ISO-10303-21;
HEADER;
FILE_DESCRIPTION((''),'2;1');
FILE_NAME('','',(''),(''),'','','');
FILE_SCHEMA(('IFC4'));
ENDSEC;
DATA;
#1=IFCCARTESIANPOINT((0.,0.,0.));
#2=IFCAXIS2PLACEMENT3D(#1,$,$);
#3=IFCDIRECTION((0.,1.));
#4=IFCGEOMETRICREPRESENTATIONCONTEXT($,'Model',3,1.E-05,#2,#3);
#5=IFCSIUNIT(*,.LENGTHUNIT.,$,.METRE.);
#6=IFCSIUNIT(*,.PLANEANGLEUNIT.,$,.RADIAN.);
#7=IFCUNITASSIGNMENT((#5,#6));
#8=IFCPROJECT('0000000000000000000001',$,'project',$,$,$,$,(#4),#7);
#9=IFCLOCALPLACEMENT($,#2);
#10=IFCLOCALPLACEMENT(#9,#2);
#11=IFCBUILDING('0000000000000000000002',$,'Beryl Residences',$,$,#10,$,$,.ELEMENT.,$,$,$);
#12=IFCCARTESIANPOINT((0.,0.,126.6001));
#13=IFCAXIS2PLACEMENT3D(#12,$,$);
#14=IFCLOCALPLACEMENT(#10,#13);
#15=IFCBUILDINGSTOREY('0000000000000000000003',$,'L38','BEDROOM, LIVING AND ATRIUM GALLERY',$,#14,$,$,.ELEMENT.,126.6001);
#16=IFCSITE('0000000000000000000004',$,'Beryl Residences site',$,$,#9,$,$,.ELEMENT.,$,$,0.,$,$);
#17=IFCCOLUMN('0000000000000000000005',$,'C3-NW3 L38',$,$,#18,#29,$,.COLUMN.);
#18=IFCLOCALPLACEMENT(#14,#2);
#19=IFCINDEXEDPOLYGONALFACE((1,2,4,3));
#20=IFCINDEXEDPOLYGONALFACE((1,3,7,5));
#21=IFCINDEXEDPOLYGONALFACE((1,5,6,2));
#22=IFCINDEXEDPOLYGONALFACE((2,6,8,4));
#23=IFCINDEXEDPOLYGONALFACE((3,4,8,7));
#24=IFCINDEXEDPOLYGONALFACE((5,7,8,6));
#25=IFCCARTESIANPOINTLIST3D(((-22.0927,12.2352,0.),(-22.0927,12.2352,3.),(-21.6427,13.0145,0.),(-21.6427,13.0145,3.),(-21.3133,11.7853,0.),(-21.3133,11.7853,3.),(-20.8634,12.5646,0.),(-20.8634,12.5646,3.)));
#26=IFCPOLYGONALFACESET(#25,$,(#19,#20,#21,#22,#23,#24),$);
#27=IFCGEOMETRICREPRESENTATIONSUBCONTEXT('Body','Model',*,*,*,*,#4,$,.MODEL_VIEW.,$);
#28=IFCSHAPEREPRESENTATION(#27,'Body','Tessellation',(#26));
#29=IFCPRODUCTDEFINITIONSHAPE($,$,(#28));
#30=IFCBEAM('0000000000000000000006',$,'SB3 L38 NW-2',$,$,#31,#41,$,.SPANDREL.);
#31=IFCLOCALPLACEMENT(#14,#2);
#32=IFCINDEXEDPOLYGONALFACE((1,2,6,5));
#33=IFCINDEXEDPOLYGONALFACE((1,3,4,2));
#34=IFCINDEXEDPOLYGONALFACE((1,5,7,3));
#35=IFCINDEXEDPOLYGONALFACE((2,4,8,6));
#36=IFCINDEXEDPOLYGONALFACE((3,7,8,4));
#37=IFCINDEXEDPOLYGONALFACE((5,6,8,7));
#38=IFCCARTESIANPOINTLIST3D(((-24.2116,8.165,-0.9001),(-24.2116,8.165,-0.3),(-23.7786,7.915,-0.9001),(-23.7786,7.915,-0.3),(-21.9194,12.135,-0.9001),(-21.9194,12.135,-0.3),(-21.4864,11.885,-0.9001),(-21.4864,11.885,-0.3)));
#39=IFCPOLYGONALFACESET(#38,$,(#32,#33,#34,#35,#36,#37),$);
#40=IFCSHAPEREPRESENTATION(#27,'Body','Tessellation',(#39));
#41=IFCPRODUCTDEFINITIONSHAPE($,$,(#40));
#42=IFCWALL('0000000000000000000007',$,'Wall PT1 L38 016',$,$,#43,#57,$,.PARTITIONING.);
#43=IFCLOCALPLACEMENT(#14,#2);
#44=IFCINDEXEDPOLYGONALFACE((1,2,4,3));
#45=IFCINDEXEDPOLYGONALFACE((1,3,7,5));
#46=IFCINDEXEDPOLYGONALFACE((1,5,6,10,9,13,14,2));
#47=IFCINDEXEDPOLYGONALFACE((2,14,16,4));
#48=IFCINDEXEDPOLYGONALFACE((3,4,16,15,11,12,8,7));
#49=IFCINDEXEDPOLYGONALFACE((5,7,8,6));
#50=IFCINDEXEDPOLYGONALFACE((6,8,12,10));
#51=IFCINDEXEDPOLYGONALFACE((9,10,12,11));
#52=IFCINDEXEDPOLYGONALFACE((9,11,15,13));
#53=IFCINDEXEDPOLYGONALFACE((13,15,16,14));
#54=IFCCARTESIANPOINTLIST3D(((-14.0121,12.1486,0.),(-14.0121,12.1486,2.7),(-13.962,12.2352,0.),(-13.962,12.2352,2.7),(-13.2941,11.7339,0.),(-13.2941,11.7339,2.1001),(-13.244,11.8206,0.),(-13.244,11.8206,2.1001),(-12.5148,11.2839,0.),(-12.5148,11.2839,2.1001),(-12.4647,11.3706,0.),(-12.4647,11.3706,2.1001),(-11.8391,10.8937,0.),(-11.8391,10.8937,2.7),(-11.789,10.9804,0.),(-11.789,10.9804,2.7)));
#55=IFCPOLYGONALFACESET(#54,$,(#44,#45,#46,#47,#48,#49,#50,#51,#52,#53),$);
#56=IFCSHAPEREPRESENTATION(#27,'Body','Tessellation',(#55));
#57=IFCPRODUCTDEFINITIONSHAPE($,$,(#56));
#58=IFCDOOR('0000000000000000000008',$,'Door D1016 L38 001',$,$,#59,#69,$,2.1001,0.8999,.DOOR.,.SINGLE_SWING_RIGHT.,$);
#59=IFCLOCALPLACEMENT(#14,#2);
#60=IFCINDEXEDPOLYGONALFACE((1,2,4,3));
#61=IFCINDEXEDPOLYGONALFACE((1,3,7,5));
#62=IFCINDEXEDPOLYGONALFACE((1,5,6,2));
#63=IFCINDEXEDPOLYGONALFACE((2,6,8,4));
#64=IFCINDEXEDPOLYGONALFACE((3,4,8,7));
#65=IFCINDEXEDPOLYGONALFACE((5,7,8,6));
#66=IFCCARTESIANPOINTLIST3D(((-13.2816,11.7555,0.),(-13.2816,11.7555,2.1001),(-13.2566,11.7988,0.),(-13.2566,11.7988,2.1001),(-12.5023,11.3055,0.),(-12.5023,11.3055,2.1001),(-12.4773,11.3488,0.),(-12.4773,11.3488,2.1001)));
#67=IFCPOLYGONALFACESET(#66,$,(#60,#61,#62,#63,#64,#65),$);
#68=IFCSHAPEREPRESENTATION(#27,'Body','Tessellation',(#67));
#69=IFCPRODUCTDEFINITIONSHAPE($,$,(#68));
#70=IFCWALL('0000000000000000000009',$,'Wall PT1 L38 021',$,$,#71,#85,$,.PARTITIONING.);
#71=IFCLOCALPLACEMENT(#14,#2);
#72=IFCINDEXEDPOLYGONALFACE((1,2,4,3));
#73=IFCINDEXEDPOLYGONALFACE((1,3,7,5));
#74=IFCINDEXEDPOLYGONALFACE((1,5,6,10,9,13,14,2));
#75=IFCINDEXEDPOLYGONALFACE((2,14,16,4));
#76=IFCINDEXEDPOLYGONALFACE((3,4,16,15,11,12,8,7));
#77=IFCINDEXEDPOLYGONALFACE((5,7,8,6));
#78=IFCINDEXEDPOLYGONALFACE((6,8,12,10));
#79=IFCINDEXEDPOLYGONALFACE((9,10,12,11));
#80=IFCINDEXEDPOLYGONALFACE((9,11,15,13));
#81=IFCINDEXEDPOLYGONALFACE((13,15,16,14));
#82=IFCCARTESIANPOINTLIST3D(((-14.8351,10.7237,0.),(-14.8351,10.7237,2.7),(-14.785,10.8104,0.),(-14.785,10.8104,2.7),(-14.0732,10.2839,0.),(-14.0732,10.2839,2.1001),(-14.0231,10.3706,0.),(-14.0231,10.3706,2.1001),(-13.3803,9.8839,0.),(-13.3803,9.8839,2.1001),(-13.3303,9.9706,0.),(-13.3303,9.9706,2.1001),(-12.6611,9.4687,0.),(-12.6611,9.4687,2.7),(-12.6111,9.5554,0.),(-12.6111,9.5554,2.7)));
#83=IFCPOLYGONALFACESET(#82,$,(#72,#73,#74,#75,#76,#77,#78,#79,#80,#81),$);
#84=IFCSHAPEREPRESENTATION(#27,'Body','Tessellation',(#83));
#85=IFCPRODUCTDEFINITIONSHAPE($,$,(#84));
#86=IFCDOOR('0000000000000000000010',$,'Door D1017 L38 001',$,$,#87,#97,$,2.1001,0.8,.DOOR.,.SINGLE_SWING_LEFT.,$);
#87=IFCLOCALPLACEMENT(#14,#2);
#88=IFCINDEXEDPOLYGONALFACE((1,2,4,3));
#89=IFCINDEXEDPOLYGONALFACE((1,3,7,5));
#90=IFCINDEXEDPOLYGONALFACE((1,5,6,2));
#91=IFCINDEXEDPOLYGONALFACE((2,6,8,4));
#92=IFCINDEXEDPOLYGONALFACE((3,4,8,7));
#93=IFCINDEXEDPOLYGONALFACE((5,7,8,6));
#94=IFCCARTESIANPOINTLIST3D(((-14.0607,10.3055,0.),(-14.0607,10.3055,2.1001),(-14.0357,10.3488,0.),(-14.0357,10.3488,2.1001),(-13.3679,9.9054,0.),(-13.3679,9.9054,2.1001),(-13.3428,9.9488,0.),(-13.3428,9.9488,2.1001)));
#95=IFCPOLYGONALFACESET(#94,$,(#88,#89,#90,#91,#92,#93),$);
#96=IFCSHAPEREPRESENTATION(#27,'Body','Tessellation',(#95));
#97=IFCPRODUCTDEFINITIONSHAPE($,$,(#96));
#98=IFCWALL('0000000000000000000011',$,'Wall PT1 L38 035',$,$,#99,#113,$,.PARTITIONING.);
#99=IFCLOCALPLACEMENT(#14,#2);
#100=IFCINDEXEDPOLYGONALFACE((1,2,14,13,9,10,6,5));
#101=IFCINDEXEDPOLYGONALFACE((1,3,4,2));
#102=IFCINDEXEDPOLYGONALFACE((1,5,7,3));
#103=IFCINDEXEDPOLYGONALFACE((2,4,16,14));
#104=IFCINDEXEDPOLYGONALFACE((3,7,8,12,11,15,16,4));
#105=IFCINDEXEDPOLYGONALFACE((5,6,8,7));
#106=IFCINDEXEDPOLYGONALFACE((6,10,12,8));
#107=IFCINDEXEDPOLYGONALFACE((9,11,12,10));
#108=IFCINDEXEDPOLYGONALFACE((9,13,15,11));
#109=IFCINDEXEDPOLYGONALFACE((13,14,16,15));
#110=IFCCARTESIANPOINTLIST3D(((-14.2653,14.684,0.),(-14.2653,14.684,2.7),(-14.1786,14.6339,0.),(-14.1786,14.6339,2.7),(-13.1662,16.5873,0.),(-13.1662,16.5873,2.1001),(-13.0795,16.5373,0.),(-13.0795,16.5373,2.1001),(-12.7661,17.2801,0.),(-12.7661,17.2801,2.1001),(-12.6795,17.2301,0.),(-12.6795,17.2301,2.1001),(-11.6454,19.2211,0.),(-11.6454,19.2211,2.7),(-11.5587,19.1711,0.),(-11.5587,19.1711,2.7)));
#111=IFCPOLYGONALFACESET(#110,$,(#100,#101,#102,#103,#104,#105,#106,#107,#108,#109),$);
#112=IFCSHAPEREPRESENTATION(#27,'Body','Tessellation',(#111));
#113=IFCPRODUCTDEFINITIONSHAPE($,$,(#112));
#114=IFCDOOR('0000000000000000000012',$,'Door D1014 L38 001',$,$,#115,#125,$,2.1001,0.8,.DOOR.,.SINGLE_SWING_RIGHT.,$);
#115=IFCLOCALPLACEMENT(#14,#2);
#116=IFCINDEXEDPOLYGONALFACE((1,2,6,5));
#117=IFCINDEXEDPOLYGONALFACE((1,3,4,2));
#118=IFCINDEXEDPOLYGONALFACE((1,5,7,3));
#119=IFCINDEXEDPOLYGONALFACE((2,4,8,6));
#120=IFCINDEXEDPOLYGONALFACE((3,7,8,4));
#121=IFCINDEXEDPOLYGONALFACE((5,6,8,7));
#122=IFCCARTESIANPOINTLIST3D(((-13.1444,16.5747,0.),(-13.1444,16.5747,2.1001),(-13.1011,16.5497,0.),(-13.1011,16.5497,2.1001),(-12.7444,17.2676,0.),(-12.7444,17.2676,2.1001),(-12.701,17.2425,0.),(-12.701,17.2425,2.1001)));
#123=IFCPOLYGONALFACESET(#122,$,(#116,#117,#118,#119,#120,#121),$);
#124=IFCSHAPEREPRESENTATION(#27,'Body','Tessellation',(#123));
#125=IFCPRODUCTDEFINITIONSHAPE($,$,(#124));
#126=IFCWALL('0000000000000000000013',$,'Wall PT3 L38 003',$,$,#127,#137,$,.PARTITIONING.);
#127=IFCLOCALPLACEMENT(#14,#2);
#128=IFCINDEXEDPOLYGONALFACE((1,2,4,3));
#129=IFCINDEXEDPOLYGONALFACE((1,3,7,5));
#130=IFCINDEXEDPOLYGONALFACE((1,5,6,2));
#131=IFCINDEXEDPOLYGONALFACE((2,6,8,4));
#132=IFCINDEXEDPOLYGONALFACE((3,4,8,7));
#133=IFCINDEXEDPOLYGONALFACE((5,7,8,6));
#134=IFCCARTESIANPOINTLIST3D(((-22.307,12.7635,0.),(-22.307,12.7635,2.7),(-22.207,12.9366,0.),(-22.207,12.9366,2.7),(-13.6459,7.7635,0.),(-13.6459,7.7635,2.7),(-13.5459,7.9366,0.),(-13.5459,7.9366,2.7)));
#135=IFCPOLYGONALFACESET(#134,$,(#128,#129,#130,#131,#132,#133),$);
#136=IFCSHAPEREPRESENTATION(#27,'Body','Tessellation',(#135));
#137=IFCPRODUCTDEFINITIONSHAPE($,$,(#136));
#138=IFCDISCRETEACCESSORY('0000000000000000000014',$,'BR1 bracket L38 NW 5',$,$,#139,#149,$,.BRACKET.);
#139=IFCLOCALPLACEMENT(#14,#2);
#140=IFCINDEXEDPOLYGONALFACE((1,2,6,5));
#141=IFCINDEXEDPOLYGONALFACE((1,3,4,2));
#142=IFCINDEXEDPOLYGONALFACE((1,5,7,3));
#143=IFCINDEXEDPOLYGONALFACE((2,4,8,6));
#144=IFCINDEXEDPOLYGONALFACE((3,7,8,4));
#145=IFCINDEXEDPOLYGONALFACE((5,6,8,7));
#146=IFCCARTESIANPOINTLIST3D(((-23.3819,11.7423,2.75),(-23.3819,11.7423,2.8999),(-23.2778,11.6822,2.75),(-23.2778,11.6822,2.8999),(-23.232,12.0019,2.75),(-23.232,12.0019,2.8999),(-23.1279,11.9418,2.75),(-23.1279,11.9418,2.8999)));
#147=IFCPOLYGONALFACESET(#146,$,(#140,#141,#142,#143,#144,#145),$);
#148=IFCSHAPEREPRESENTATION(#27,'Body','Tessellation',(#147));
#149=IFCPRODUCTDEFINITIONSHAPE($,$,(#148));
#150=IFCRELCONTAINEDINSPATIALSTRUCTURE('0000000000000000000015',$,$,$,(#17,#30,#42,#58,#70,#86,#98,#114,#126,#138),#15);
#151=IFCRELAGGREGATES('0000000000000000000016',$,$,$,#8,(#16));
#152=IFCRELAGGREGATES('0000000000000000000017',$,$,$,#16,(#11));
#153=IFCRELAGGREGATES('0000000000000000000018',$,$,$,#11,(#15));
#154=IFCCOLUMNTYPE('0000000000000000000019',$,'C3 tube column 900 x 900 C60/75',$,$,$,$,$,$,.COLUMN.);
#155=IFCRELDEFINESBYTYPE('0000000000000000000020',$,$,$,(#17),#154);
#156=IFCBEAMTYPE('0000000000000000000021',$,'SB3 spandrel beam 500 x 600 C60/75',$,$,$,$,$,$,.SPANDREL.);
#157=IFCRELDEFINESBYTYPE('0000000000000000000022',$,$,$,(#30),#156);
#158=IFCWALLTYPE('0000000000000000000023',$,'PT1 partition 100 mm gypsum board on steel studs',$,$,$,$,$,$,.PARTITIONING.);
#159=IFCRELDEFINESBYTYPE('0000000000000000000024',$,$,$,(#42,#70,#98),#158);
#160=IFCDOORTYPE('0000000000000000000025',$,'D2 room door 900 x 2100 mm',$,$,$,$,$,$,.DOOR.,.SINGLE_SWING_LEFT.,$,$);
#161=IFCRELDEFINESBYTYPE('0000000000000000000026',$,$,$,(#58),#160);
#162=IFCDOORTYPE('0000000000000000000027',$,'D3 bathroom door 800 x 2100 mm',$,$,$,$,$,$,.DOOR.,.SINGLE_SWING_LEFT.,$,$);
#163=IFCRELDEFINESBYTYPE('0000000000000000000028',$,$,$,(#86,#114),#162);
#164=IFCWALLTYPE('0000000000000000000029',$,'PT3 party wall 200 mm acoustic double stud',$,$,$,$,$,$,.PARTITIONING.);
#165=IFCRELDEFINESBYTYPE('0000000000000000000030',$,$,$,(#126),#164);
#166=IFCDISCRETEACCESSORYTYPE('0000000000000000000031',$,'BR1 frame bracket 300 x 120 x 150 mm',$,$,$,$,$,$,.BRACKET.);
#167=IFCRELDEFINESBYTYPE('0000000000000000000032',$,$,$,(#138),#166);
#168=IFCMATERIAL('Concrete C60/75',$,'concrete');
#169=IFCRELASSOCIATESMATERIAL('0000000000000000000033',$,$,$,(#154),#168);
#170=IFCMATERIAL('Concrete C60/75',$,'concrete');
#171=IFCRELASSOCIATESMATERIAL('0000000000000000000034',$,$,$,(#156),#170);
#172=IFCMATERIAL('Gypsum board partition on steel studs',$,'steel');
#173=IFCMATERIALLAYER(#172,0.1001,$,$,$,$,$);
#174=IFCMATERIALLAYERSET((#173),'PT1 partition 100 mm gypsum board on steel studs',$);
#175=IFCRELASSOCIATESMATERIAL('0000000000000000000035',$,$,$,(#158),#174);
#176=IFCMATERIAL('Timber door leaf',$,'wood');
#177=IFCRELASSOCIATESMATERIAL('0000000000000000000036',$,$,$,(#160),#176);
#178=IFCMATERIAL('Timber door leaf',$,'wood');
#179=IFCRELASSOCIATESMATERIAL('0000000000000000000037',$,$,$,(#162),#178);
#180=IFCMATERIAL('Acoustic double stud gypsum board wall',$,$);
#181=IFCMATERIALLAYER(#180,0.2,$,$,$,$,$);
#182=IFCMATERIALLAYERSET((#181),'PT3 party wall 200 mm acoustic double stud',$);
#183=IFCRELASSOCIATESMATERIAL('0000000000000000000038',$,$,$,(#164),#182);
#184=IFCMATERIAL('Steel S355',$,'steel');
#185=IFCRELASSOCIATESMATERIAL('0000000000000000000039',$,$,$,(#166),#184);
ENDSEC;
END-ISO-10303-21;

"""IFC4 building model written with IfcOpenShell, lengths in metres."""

from ifc_helpers import new_model, si_unit, direction, frame, frame_2d, origin, origin_2d, place, context, subcontext, project, spatial, polyline, rectangle, outline, extrude, source, transform, mapped, material, layer, layer_set, material_profile, profile_set, type_object, type_shapes, element, fill, save


model = new_model("IFC4")

# Units and contexts
model_context = context("Model", 3, precision=1e-05, world=origin(), true_north=direction((0.0, 1.0)))
body_context = subcontext(model_context, "Body", "Model", "MODEL_VIEW")
ifc_project = project(units=[si_unit("LENGTHUNIT", "METRE"), si_unit("PLANEANGLEUNIT", "RADIAN")], contexts=[model_context])

# Site, building, storey
site_placement = place(None, origin())
site = spatial("IfcSite", under=ifc_project, at=site_placement, Name="Beryl Residences site", CompositionType="ELEMENT", RefElevation=0.0)
building_placement = place(site_placement, origin())
building = spatial("IfcBuilding", under=site, at=building_placement, Name="Beryl Residences", CompositionType="ELEMENT")
storey_placement = place(building_placement, frame((0.0, 0.0, 126.6001)))
storey = spatial("IfcBuildingStorey", under=building, at=storey_placement, Name="L38", Description="BEDROOM, LIVING AND ATRIUM GALLERY", CompositionType="ELEMENT", Elevation=126.6001)

# Column
ifc_material_1 = material(Name="Concrete C60/75", Category="concrete")
ifc_material_profile_1 = material_profile(ifc_material_1, rectangle(XDim=0.8999, YDim=0.8999, at=origin_2d()))
ifc_profile_set_1 = profile_set([ifc_material_profile_1], Name="Concrete C60/75")
column_type = type_object("IfcColumnType", Name="C3 tube column 900 x 900 C60/75", PredefinedType="COLUMN", material=ifc_profile_set_1)
column_placement = place(storey_placement, frame((-21.478, 12.3999, 0.0), z_axis=(0.0, 0.0, 1.0), x_axis=(-0.5, -0.866025, 0.0)))
element("IfcColumn", 1, at=column_placement, inside=storey, type_object=column_type, Name="C3-NW3 L38", PredefinedType="COLUMN", context=body_context, shape_type="SweptSolid", body=[
    extrude(rectangle(XDim=0.8999, YDim=0.8999, at=origin_2d()), origin(), (0.0, 0.0, 1.0), 3.0),
])

# Beam
ifc_material_2 = material(Name="Concrete C60/75", Category="concrete")
ifc_material_profile_2 = material_profile(ifc_material_2, rectangle(XDim=0.5, YDim=0.6001, at=origin_2d()))
ifc_profile_set_2 = profile_set([ifc_material_profile_2], Name="Concrete C60/75")
beam_type = type_object("IfcBeamType", Name="SB3 spandrel beam 500 x 600 C60/75", PredefinedType="SPANDREL", material=ifc_profile_set_2)
beam_placement = place(storey_placement, frame((-21.7029, 12.01, -0.6001), z_axis=(-0.500028, -0.866009, 0.0), x_axis=(0.866009, -0.500028, 0.0)))
element("IfcBeam", 2, at=beam_placement, inside=storey, type_object=beam_type, Name="SB3 L38 NW-2", PredefinedType="SPANDREL", context=body_context, shape_type="SweptSolid", body=[
    extrude(rectangle(XDim=0.5, YDim=0.6001, at=origin_2d()), origin(), (0.0, 0.0, 1.0), 4.5842),
])

# Walls, openings, doors
ifc_material_3 = material(Name="Gypsum board partition on steel studs", Category="steel")
ifc_layer_1 = layer(ifc_material_3, 0.1001)
ifc_layer_set_1 = layer_set([ifc_layer_1], Name="PT1 partition 100 mm gypsum board on steel studs")
wall_type_1 = type_object("IfcWallType", Name="PT1 partition 100 mm gypsum board on steel studs", PredefinedType="PARTITIONING", material=ifc_layer_set_1)
wall_1_placement = place(storey_placement, frame((-13.9871, 12.1919, 0.0), z_axis=(0.0, 0.0, 1.0), x_axis=(0.865983, -0.500073, 0.0)))
wall_1 = element("IfcWall", 3, at=wall_1_placement, inside=storey, type_object=wall_type_1, Name="Wall PT1 L38 016", PredefinedType="PARTITIONING", context=body_context, shape_type="SweptSolid", body=[
    extrude(rectangle(XDim=2.5093, YDim=0.1001, at=frame_2d((1.2546, 0.0))), origin(), (0.0, 0.0, 1.0), 2.7),
])
opening_1_placement = place(wall_1_placement, frame((0.8291, 0.0, 0.0)))
opening_1 = element("IfcOpeningElement", 4, at=opening_1_placement, cuts=wall_1, PredefinedType="OPENING", context=body_context, shape_type="SweptSolid", body=[
    extrude(rectangle(XDim=0.8999, YDim=2.1001, at=frame_2d((0.45, 1.05))), frame((0.0, 0.0601, 0.0), z_axis=(0.0, -1.0, 0.0), x_axis=(1.0, 0.0, 0.0)), (0.0, 0.0, 1.0), 0.1201),
])
ifc_material_4 = material(Name="Timber door leaf", Category="wood")
door_type_1 = type_object("IfcDoorType", Name="D2 room door 900 x 2100 mm", OperationType="SINGLE_SWING_LEFT", PredefinedType="DOOR", material=ifc_material_4)
door_1_placement = place(opening_1_placement, origin())
door_1 = element("IfcDoor", 5, at=door_1_placement, inside=storey, type_object=door_type_1, Name="Door D1016 L38 001", OperationType="SINGLE_SWING_RIGHT", OverallHeight=2.1001, OverallWidth=0.8999, PredefinedType="DOOR", context=body_context, shape_type="SweptSolid", body=[
    extrude(rectangle(XDim=0.8999, YDim=2.1001, at=frame_2d((0.45, 1.05))), frame((0.0, 0.0249, 0.0), z_axis=(0.0, -1.0, 0.0), x_axis=(1.0, 0.0, 0.0)), (0.0, 0.0, 1.0), 0.05),
])
fill(opening_1, door_1)
wall_2_placement = place(storey_placement, frame((-14.8101, 10.7671, 0.0), z_axis=(0.0, 0.0, 1.0), x_axis=(0.866038, -0.499978, 0.0)))
wall_2 = element("IfcWall", 6, at=wall_2_placement, inside=storey, type_object=wall_type_1, Name="Wall PT1 L38 021", PredefinedType="PARTITIONING", context=body_context, shape_type="SweptSolid", body=[
    extrude(rectangle(XDim=2.5103, YDim=0.1001, at=frame_2d((1.2551, 0.0))), origin(), (0.0, 0.0, 1.0), 2.7),
])
opening_2_placement = place(wall_2_placement, frame((0.8799, 0.0, 0.0)))
opening_2 = element("IfcOpeningElement", 7, at=opening_2_placement, cuts=wall_2, PredefinedType="OPENING", context=body_context, shape_type="SweptSolid", body=[
    extrude(rectangle(XDim=0.8, YDim=2.1001, at=frame_2d((0.3999, 1.05))), frame((0.0, 0.0601, 0.0), z_axis=(0.0, -1.0, 0.0), x_axis=(1.0, 0.0, 0.0)), (0.0, 0.0, 1.0), 0.1201),
])
ifc_material_5 = material(Name="Timber door leaf", Category="wood")
door_type_2 = type_object("IfcDoorType", Name="D3 bathroom door 800 x 2100 mm", OperationType="SINGLE_SWING_LEFT", PredefinedType="DOOR", material=ifc_material_5)
door_2_placement = place(opening_2_placement, origin())
door_2 = element("IfcDoor", 8, at=door_2_placement, inside=storey, type_object=door_type_2, Name="Door D1017 L38 001", OperationType="SINGLE_SWING_LEFT", OverallHeight=2.1001, OverallWidth=0.8, PredefinedType="DOOR", context=body_context, shape_type="SweptSolid", body=[
    extrude(rectangle(XDim=0.8, YDim=2.1001, at=frame_2d((0.3999, 1.05))), frame((0.0, 0.0249, 0.0), z_axis=(0.0, -1.0, 0.0), x_axis=(1.0, 0.0, 0.0)), (0.0, 0.0, 1.0), 0.05),
])
fill(opening_2, door_2)
wall_3_placement = place(storey_placement, frame((-14.2219, 14.6589, 0.0), z_axis=(0.0, 0.0, 1.0), x_axis=(0.500053, 0.865995, 0.0)))
wall_3 = element("IfcWall", 9, at=wall_3_placement, inside=storey, type_object=wall_type_1, Name="Wall PT1 L38 035", PredefinedType="PARTITIONING", context=body_context, shape_type="SweptSolid", body=[
    extrude(rectangle(XDim=5.2393, YDim=0.1001, at=frame_2d((2.6196, 0.0))), origin(), (0.0, 0.0, 1.0), 2.7),
])
opening_3_placement = place(wall_3_placement, frame((2.198, 0.0, 0.0)))
opening_3 = element("IfcOpeningElement", 10, at=opening_3_placement, cuts=wall_3, PredefinedType="OPENING", context=body_context, shape_type="SweptSolid", body=[
    extrude(rectangle(XDim=0.8, YDim=2.1001, at=frame_2d((0.3999, 1.05))), frame((0.0, 0.0601, 0.0), z_axis=(0.0, -1.0, 0.0), x_axis=(1.0, 0.0, 0.0)), (0.0, 0.0, 1.0), 0.1201),
])
door_3_placement = place(opening_3_placement, origin())
door_3 = element("IfcDoor", 11, at=door_3_placement, inside=storey, type_object=door_type_2, Name="Door D1014 L38 001", OperationType="SINGLE_SWING_RIGHT", OverallHeight=2.1001, OverallWidth=0.8, PredefinedType="DOOR", context=body_context, shape_type="SweptSolid", body=[
    extrude(rectangle(XDim=0.8, YDim=2.1001, at=frame_2d((0.3999, 1.05))), frame((0.0, 0.0249, 0.0), z_axis=(0.0, -1.0, 0.0), x_axis=(1.0, 0.0, 0.0)), (0.0, 0.0, 1.0), 0.05),
])
fill(opening_3, door_3)

# Wall
ifc_material_6 = material(Name="Acoustic double stud gypsum board wall")
ifc_layer_2 = layer(ifc_material_6, 0.2)
ifc_layer_set_2 = layer_set([ifc_layer_2], Name="PT3 party wall 200 mm acoustic double stud")
wall_type_2 = type_object("IfcWallType", Name="PT3 party wall 200 mm acoustic double stud", PredefinedType="PARTITIONING", material=ifc_layer_set_2)
wall_4_placement = place(storey_placement, frame((-22.2571, 12.8501, 0.0), z_axis=(0.0, 0.0, 1.0), x_axis=(0.866047, -0.499962, 0.0)))
element("IfcWall", 12, at=wall_4_placement, inside=storey, type_object=wall_type_2, Name="Wall PT3 L38 003", PredefinedType="PARTITIONING", context=body_context, shape_type="SweptSolid", body=[
    extrude(rectangle(XDim=10.0007, YDim=0.2, at=frame_2d((5.0005, 0.0))), origin(), (0.0, 0.0, 1.0), 2.7),
])

# Discrete accessory
ifc_material_7 = material(Name="Steel S355", Category="steel")
discrete_accessory_type = type_object("IfcDiscreteAccessoryType", Name="BR1 frame bracket 300 x 120 x 150 mm", PredefinedType="BRACKET", material=ifc_material_7)
shared_shape_1 = source(origin(), body_context, "Body", "SweptSolid", [
    extrude(outline(polyline([(-0.1499, 0.0), (0.1499, 0.0), (0.1499, 0.1201), (-0.1499, 0.1201), (-0.1499, 0.0)])), origin(), (0.0, 0.0, 1.0), 0.1499),
])
type_shapes(discrete_accessory_type, [shared_shape_1])
discrete_accessory_placement = place(storey_placement, frame((-23.2029, 11.812, 2.75), z_axis=(0.0, 0.0, 1.0), x_axis=(0.5, 0.866025, 0.0)))
element("IfcDiscreteAccessory", 13, at=discrete_accessory_placement, inside=storey, type_object=discrete_accessory_type, Name="BR1 bracket L38 NW 5", PredefinedType="BRACKET", context=body_context, shape_type="MappedRepresentation", body=[
    mapped(shared_shape_1, transform((0.0, 0.0, 0.0))),
])

save(model, "model.ifc")
